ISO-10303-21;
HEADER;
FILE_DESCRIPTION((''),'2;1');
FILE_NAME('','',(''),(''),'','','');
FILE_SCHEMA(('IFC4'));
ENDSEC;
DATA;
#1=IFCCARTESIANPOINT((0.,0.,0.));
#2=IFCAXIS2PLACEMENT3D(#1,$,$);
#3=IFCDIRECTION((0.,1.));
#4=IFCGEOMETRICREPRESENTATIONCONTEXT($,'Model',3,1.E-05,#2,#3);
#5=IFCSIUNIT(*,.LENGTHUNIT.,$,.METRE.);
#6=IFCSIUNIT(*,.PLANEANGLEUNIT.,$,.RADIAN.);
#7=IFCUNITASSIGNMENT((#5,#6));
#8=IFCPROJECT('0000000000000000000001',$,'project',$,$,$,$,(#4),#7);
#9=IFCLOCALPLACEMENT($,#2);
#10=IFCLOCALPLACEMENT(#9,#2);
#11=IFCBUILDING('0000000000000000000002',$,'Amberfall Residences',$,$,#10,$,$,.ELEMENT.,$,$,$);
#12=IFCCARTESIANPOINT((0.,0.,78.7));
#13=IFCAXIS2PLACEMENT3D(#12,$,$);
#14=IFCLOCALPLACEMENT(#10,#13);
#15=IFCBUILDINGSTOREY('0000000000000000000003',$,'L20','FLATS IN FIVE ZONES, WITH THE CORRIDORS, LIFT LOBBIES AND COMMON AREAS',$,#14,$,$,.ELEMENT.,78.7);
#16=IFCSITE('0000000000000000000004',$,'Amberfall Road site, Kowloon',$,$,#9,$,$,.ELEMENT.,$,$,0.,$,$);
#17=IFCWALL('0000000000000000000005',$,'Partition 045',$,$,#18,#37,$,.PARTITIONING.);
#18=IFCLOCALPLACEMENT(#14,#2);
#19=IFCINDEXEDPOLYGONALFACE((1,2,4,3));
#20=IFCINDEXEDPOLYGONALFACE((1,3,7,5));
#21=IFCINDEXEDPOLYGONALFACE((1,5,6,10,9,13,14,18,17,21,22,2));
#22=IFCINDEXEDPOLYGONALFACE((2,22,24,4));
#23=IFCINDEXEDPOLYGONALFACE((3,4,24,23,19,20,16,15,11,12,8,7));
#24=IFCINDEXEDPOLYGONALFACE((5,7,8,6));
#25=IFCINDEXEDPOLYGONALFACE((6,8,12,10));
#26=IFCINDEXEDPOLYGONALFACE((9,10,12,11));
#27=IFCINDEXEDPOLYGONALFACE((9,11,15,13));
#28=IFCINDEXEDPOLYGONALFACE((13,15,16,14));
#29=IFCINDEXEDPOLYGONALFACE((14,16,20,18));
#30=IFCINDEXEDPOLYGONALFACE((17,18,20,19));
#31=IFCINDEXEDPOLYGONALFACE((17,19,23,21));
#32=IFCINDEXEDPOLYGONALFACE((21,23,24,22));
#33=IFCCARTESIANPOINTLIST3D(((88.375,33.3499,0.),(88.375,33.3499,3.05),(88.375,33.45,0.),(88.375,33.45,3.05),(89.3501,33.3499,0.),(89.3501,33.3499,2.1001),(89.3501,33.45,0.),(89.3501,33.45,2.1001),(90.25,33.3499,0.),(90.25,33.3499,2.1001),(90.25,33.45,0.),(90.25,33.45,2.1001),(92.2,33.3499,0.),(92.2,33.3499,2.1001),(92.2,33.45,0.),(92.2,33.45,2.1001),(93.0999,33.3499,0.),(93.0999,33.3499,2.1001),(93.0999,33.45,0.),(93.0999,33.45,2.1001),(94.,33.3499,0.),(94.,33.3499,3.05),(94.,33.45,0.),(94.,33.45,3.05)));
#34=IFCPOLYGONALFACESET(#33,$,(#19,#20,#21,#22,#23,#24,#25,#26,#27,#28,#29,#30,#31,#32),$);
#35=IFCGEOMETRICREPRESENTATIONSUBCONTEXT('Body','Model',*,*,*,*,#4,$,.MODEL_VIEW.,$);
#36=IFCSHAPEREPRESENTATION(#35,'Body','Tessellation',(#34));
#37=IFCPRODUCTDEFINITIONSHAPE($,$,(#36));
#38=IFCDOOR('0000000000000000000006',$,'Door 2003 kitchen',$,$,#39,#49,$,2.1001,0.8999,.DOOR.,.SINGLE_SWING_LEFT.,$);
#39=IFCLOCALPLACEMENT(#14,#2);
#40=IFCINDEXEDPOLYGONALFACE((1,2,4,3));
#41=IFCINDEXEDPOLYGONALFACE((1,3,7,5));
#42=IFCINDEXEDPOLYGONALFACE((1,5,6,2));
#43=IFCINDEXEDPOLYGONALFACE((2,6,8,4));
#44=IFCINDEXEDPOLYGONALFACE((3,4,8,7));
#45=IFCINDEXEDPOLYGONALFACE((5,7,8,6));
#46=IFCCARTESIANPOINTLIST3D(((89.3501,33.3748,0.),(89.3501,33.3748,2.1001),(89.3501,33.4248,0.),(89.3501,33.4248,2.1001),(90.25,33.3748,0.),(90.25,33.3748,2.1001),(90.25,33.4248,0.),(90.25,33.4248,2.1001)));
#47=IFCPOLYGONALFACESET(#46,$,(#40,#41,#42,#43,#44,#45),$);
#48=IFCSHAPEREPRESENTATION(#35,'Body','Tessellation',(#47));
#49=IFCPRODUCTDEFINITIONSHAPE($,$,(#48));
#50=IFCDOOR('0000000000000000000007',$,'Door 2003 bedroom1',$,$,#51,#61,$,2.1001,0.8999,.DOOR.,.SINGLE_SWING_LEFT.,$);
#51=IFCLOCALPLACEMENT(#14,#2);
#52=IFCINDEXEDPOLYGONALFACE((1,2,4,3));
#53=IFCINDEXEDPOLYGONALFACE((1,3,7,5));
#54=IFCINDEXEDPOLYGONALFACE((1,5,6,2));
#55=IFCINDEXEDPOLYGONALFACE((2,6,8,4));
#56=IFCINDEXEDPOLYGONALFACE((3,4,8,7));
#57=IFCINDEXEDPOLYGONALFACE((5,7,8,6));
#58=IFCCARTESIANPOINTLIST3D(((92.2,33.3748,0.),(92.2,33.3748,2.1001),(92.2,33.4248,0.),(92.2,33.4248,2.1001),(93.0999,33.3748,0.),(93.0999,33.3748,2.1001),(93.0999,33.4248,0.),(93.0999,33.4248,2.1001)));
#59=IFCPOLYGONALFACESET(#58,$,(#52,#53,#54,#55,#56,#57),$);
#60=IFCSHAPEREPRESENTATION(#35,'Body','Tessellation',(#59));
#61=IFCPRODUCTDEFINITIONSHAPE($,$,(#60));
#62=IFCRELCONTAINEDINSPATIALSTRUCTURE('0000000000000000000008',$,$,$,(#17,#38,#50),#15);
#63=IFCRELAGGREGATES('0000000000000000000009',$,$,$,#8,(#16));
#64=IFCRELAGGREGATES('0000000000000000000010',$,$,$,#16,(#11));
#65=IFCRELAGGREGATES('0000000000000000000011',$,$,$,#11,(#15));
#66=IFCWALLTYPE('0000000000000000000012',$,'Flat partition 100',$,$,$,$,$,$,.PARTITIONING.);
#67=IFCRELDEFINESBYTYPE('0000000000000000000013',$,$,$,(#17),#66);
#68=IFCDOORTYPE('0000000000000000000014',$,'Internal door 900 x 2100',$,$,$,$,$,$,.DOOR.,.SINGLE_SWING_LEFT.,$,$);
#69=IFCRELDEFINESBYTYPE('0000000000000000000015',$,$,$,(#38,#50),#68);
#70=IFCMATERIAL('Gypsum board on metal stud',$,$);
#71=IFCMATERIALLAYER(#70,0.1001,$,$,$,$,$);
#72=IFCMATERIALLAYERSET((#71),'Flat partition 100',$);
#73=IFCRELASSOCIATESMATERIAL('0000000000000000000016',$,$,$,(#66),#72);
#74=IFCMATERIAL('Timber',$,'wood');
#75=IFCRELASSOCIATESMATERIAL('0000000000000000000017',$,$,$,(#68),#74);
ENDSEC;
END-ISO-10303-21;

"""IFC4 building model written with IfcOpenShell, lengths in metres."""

from ifc_helpers import new_model, si_unit, direction, frame, frame_2d, origin, place, context, subcontext, project, spatial, rectangle, extrude, material, layer, layer_set, type_object, element, fill, save


model = new_model("IFC4")

# Units and contexts
model_context = context("Model", 3, precision=1e-05, world=origin(), true_north=direction((0.0, 1.0)))
body_context = subcontext(model_context, "Body", "Model", "MODEL_VIEW")
ifc_project = project(units=[si_unit("LENGTHUNIT", "METRE"), si_unit("PLANEANGLEUNIT", "RADIAN")], contexts=[model_context])

# Site, building, storey
site_placement = place(None, origin())
site = spatial("IfcSite", under=ifc_project, at=site_placement, Name="Amberfall Road site, Kowloon", CompositionType="ELEMENT", RefElevation=0.0)
building_placement = place(site_placement, origin())
building = spatial("IfcBuilding", under=site, at=building_placement, Name="Amberfall Residences", CompositionType="ELEMENT")
storey_placement = place(building_placement, frame((0.0, 0.0, 78.7)))
storey = spatial("IfcBuildingStorey", under=building, at=storey_placement, Name="L20", Description="FLATS IN FIVE ZONES, WITH THE CORRIDORS, LIFT LOBBIES AND COMMON AREAS", CompositionType="ELEMENT", Elevation=78.7)

# Shared definitions
ifc_material_1 = material(Name="Gypsum board on metal stud")
ifc_layer_1 = layer(ifc_material_1, 0.1001)
ifc_layer_set_1 = layer_set([ifc_layer_1], Name="Flat partition 100")
wall_type_1 = type_object("IfcWallType", Name="Flat partition 100", PredefinedType="PARTITIONING", material=ifc_layer_set_1)

# Wall, openings, doors
wall_1_placement = place(storey_placement, frame((88.375, 33.3999, 0.0), z_axis=(0.0, 0.0, 1.0), x_axis=(1.0, 0.0, 0.0)))
wall_1 = element("IfcWall", 1, at=wall_1_placement, inside=storey, type_object=wall_type_1, Name="Partition 045", PredefinedType="PARTITIONING", context=body_context, shape_type="SweptSolid", body=[
    extrude(rectangle(XDim=5.625, YDim=0.1001, at=frame_2d((2.8125, 0.0))), origin(), (0.0, 0.0, 1.0), 3.05),
])
opening_1_placement = place(wall_1_placement, frame((0.9751, 0.0, 0.0)))
opening_1 = element("IfcOpeningElement", 2, at=opening_1_placement, cuts=wall_1, PredefinedType="OPENING", context=body_context, shape_type="SweptSolid", body=[
    extrude(rectangle(XDim=0.8999, YDim=2.1001, at=frame_2d((0.45, 1.05))), frame((0.0, 0.0601, 0.0), z_axis=(0.0, -1.0, 0.0), x_axis=(1.0, 0.0, 0.0)), (0.0, 0.0, 1.0), 0.1201),
])
opening_2_placement = place(wall_1_placement, frame((3.825, 0.0, 0.0)))
opening_2 = element("IfcOpeningElement", 3, at=opening_2_placement, cuts=wall_1, PredefinedType="OPENING", context=body_context, shape_type="SweptSolid", body=[
    extrude(rectangle(XDim=0.8999, YDim=2.1001, at=frame_2d((0.45, 1.05))), frame((0.0, 0.0601, 0.0), z_axis=(0.0, -1.0, 0.0), x_axis=(1.0, 0.0, 0.0)), (0.0, 0.0, 1.0), 0.1201),
])
ifc_material_2 = material(Name="Timber", Category="wood")
door_type_1 = type_object("IfcDoorType", Name="Internal door 900 x 2100", OperationType="SINGLE_SWING_LEFT", PredefinedType="DOOR", material=ifc_material_2)
door_1_placement = place(opening_1_placement, origin())
door_1 = element("IfcDoor", 4, at=door_1_placement, inside=storey, type_object=door_type_1, Name="Door 2003 kitchen", OperationType="SINGLE_SWING_LEFT", OverallHeight=2.1001, OverallWidth=0.8999, PredefinedType="DOOR", context=body_context, shape_type="SweptSolid", body=[
    extrude(rectangle(XDim=0.8999, YDim=2.1001, at=frame_2d((0.45, 1.05))), frame((0.0, 0.0249, 0.0), z_axis=(0.0, -1.0, 0.0), x_axis=(1.0, 0.0, 0.0)), (0.0, 0.0, 1.0), 0.05),
])
fill(opening_1, door_1)
door_2_placement = place(opening_2_placement, origin())
door_2 = element("IfcDoor", 5, at=door_2_placement, inside=storey, type_object=door_type_1, Name="Door 2003 bedroom1", OperationType="SINGLE_SWING_LEFT", OverallHeight=2.1001, OverallWidth=0.8999, PredefinedType="DOOR", context=body_context, shape_type="SweptSolid", body=[
    extrude(rectangle(XDim=0.8999, YDim=2.1001, at=frame_2d((0.45, 1.05))), frame((0.0, 0.0249, 0.0), z_axis=(0.0, -1.0, 0.0), x_axis=(1.0, 0.0, 0.0)), (0.0, 0.0, 1.0), 0.05),
])
fill(opening_2, door_2)

save(model, "model.ifc")
